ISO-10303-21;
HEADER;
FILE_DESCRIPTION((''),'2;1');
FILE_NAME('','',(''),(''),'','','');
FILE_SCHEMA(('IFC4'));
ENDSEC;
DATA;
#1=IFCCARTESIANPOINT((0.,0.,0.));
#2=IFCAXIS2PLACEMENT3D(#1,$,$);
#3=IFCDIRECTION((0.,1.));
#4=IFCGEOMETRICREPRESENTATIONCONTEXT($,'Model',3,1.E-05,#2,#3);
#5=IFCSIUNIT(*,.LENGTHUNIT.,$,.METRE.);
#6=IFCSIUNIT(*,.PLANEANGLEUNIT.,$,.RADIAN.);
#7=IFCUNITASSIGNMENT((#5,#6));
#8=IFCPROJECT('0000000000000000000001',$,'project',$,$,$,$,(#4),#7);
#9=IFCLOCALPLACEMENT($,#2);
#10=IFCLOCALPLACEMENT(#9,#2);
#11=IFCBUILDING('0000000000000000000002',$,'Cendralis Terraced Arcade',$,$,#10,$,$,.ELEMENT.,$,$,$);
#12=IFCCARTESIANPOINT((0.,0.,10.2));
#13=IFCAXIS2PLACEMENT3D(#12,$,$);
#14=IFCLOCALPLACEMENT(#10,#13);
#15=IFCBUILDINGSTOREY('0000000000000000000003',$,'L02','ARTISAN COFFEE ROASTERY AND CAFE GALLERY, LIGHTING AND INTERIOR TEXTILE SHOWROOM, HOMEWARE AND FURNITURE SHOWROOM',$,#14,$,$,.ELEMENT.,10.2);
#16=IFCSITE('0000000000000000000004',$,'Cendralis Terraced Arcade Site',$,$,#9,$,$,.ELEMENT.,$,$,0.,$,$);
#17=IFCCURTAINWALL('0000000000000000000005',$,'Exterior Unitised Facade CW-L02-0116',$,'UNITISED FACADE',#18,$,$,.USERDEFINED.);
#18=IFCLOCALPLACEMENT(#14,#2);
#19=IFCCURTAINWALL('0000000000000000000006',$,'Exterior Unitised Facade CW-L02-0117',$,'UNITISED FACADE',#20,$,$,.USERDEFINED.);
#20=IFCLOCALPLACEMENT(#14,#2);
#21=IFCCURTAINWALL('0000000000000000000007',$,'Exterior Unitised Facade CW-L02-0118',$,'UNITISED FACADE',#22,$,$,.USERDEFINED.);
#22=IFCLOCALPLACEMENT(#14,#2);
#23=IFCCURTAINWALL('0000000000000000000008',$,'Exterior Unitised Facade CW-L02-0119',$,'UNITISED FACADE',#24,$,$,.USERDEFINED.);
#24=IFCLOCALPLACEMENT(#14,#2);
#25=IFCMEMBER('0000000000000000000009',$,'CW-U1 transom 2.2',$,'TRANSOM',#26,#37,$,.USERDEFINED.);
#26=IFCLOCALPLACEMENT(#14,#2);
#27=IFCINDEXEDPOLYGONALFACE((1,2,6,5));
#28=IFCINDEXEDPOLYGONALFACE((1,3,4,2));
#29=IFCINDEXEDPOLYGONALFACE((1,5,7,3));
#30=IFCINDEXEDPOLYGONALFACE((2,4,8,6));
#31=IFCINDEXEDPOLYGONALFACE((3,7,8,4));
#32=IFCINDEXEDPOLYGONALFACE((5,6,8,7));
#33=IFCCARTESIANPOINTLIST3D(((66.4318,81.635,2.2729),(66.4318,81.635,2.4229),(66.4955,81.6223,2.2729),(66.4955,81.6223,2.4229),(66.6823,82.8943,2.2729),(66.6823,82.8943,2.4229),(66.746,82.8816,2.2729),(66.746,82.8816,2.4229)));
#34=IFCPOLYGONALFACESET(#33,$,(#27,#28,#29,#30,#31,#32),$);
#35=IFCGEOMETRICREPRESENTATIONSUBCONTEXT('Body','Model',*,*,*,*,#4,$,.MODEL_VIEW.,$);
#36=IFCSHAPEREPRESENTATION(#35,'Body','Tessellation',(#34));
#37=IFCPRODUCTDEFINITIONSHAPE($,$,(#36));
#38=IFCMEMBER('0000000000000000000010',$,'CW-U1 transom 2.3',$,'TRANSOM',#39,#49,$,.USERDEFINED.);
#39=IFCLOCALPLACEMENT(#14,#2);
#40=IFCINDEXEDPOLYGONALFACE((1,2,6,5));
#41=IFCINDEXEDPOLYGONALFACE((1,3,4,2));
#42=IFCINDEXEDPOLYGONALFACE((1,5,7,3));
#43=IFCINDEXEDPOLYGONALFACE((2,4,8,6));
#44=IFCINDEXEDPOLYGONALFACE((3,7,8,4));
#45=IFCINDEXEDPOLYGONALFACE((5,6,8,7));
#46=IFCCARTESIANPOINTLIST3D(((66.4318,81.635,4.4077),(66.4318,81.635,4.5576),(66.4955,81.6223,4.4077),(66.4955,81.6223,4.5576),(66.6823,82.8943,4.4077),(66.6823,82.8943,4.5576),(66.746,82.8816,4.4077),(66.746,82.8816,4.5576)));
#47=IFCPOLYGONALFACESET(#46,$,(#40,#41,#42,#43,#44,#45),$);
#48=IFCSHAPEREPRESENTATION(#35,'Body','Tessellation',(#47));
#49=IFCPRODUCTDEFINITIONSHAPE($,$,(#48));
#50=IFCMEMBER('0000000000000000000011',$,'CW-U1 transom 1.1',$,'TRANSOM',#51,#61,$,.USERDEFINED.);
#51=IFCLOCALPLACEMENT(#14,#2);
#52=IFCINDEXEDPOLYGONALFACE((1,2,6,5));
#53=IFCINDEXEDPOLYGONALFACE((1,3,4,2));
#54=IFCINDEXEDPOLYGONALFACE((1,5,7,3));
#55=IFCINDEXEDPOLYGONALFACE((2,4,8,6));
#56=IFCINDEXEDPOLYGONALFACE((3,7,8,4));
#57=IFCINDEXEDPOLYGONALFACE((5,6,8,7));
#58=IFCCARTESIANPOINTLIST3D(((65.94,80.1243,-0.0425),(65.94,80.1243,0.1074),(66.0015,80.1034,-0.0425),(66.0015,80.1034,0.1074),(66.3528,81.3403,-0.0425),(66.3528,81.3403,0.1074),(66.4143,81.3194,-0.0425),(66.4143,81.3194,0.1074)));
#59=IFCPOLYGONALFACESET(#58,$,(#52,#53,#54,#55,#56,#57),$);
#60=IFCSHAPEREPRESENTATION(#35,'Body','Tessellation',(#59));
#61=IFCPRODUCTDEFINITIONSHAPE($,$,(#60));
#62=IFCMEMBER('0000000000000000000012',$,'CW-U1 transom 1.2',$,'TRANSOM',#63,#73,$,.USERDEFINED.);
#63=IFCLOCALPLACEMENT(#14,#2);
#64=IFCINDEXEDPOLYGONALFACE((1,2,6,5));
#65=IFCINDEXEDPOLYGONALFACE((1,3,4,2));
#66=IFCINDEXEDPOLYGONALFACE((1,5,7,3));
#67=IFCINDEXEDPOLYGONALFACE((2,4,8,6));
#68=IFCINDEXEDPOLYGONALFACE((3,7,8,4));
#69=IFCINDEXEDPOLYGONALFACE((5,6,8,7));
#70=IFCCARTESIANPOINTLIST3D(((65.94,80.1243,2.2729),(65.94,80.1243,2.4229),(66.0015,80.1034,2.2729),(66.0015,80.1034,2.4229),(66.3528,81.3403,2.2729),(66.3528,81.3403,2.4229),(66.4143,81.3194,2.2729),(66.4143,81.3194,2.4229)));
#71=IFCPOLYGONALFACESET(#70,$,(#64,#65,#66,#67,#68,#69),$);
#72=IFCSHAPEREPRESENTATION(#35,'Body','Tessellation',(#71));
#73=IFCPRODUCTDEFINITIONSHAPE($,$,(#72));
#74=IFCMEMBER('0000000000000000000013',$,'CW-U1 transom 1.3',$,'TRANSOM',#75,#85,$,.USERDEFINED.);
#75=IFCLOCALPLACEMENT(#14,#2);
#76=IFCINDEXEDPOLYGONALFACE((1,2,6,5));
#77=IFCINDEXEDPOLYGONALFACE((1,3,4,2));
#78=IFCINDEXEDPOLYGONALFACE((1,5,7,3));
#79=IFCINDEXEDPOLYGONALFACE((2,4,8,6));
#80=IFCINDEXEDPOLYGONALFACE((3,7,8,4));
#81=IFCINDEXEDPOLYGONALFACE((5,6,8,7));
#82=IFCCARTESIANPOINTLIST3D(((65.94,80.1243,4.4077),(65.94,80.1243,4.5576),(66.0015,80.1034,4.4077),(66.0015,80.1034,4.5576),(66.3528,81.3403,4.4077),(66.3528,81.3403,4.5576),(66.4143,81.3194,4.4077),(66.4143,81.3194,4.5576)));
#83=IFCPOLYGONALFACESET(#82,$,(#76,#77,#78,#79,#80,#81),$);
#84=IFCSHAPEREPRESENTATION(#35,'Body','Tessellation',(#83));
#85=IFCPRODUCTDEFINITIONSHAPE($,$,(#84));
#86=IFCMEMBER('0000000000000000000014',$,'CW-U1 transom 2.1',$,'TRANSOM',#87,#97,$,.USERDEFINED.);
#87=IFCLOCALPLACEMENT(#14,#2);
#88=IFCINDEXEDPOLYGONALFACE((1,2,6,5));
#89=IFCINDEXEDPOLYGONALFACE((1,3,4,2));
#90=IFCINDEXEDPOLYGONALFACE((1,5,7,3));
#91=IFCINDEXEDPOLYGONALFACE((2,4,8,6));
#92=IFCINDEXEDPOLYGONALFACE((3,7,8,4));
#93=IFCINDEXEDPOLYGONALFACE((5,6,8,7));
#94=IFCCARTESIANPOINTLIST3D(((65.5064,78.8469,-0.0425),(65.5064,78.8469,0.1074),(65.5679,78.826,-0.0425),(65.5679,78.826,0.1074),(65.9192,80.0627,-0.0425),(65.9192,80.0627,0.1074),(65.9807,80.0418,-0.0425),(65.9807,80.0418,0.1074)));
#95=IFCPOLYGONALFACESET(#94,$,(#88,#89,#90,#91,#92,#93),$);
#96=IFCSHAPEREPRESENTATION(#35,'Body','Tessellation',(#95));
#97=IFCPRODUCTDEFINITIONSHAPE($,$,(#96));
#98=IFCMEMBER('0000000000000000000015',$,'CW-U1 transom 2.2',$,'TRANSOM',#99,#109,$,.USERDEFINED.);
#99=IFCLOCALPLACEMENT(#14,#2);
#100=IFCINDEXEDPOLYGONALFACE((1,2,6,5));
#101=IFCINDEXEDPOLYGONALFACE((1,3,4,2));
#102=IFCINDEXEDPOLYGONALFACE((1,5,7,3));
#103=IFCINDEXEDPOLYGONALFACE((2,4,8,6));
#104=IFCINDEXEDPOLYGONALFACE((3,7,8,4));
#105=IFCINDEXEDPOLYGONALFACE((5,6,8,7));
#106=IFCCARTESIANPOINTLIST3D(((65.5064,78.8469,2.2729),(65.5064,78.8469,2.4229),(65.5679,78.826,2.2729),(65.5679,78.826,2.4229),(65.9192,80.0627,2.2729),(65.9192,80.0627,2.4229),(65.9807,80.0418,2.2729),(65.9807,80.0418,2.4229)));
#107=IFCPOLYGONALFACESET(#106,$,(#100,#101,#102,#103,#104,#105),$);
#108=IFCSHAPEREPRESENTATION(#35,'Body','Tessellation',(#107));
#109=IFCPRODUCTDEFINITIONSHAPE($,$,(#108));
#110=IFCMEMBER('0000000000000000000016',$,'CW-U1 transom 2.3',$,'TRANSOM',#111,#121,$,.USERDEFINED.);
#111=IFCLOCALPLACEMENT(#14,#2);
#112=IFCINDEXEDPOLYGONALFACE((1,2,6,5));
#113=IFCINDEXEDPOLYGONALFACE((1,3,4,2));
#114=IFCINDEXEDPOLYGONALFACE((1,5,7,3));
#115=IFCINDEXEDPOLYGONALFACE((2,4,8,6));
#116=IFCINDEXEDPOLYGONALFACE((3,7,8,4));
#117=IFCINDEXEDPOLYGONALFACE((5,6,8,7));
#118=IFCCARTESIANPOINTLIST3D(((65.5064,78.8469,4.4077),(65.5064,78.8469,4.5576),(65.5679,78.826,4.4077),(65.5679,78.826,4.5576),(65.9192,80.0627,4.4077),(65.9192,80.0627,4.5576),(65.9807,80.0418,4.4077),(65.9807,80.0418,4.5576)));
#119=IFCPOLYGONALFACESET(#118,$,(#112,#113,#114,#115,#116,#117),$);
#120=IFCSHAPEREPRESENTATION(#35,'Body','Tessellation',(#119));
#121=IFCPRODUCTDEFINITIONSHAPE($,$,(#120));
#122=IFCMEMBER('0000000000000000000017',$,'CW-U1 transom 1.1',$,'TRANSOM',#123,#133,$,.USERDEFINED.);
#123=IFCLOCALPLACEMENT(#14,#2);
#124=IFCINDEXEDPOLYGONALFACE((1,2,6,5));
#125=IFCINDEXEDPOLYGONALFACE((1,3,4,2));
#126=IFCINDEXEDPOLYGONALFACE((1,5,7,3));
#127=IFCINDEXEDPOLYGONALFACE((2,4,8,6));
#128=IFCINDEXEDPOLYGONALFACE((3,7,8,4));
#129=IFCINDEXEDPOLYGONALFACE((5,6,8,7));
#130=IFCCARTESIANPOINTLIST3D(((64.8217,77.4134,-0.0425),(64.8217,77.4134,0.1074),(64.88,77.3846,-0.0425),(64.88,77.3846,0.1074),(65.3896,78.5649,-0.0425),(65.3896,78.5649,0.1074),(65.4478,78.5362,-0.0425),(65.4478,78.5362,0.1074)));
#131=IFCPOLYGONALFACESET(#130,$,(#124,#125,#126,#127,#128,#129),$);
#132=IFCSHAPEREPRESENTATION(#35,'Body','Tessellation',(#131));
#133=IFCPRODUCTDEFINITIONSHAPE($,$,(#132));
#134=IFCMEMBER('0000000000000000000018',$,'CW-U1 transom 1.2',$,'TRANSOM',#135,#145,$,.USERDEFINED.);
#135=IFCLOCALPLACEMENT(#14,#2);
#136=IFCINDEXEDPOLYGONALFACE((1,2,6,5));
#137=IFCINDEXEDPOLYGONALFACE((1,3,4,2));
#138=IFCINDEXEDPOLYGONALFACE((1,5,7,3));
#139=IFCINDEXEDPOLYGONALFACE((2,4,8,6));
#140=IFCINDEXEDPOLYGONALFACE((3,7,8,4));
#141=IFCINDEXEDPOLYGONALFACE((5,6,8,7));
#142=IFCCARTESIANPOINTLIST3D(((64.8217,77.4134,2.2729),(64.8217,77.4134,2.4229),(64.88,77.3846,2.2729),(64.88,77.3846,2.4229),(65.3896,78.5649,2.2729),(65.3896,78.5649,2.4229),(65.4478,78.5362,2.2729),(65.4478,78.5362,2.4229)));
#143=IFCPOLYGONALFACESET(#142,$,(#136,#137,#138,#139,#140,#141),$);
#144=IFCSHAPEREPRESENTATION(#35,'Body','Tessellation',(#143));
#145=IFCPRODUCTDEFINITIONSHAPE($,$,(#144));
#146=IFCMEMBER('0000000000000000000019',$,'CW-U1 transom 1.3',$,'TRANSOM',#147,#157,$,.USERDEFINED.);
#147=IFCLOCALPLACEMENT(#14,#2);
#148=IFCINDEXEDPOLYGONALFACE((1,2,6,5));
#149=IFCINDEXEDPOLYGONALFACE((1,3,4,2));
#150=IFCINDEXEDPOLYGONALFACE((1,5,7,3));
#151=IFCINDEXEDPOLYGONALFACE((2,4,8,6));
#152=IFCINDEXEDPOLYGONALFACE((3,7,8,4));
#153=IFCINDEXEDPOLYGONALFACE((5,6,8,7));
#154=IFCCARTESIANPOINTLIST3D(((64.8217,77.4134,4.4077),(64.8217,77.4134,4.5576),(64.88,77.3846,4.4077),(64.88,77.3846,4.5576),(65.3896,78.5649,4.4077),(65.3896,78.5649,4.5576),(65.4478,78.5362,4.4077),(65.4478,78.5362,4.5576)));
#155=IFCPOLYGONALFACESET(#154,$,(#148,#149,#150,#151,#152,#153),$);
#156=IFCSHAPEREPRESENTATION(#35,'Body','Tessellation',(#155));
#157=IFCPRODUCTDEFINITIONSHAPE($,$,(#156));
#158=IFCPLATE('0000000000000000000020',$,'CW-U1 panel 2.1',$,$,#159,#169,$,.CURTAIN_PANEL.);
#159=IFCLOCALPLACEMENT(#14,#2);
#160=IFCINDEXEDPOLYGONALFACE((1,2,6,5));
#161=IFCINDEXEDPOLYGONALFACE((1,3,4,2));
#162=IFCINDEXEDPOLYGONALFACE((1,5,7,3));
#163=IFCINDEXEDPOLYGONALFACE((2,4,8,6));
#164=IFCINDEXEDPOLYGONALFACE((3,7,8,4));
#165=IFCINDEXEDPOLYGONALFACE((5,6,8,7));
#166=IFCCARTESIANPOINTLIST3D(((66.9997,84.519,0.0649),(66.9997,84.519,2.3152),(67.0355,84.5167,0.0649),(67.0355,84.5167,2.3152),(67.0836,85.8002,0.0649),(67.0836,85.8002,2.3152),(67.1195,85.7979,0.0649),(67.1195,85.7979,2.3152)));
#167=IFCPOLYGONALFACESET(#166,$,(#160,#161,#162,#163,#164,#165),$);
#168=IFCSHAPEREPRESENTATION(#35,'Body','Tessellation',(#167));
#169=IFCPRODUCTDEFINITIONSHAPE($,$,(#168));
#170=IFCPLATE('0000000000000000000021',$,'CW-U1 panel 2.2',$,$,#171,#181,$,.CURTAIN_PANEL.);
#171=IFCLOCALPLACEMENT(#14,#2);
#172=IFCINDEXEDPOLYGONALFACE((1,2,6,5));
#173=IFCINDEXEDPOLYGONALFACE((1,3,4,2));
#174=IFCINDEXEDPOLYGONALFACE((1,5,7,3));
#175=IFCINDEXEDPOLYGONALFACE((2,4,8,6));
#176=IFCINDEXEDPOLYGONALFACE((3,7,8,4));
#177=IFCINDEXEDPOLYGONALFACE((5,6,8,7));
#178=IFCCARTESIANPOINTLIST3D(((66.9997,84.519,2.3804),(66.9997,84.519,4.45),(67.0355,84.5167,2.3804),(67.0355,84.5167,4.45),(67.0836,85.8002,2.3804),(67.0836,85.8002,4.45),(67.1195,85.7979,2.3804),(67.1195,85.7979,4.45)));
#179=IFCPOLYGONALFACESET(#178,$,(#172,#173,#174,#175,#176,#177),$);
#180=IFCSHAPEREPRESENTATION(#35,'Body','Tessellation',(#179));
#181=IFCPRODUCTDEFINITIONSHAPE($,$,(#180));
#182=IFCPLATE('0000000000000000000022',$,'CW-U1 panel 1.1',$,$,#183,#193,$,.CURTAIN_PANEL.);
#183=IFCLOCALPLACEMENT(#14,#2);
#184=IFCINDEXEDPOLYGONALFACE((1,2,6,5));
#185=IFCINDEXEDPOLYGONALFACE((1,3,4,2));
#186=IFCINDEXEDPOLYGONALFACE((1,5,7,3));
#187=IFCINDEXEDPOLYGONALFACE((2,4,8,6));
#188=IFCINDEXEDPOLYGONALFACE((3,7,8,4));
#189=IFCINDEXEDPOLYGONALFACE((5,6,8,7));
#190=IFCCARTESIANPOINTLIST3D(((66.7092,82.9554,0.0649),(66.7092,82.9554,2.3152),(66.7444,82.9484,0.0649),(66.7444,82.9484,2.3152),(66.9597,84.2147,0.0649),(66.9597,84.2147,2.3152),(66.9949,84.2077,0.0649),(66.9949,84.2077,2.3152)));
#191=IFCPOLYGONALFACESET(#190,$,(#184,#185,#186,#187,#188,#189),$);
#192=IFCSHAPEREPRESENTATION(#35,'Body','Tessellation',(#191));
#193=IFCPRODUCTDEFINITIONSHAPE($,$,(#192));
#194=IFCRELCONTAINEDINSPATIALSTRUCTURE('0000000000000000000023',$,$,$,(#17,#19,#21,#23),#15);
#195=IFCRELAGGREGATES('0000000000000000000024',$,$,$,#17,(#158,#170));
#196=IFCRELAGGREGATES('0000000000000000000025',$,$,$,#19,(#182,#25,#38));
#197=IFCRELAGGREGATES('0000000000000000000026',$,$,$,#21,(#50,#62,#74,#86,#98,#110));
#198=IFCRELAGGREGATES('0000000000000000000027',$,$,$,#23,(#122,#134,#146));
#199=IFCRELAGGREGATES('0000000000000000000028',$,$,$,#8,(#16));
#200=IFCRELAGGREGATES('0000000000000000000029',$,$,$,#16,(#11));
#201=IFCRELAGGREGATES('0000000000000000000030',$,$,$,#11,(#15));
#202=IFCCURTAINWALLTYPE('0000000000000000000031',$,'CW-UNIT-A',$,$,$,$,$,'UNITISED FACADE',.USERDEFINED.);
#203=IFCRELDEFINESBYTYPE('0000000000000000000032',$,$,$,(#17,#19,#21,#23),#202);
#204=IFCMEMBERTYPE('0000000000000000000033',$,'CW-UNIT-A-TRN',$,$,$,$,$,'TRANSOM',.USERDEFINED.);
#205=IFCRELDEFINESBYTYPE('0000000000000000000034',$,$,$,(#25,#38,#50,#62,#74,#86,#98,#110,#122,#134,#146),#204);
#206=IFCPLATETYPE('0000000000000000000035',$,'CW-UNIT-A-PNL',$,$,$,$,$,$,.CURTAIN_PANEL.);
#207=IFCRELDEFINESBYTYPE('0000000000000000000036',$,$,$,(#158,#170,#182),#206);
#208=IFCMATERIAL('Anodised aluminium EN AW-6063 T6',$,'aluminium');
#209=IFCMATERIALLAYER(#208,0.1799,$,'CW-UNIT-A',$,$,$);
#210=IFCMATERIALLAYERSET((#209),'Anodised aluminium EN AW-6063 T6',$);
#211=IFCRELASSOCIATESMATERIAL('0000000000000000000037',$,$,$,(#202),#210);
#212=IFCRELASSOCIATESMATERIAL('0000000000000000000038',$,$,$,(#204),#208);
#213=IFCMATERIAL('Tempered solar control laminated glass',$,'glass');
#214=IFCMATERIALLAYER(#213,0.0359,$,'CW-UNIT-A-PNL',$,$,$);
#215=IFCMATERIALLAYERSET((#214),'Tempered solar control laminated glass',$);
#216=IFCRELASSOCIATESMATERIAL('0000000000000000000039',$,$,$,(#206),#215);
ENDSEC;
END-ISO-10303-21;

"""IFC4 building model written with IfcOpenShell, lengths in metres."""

from ifc_helpers import new_model, si_unit, direction, frame, origin, origin_2d, place, context, subcontext, project, spatial, rectangle, extrude, material, layer, layer_set, material_profile, profile_set, type_object, element, aggregate, save


model = new_model("IFC4")

# Units and contexts
model_context = context("Model", 3, precision=1e-05, world=origin(), true_north=direction((0.0, 1.0)))
body_context = subcontext(model_context, "Body", "Model", "MODEL_VIEW")
ifc_project = project(units=[si_unit("LENGTHUNIT", "METRE"), si_unit("PLANEANGLEUNIT", "RADIAN")], contexts=[model_context])

# Site, building, storey
site_placement = place(None, origin())
site = spatial("IfcSite", under=ifc_project, at=site_placement, Name="Cendralis Terraced Arcade Site", CompositionType="ELEMENT", RefElevation=0.0)
building_placement = place(site_placement, origin())
building = spatial("IfcBuilding", under=site, at=building_placement, Name="Cendralis Terraced Arcade", CompositionType="ELEMENT")
storey_placement = place(building_placement, frame((0.0, 0.0, 10.2)))
storey = spatial("IfcBuildingStorey", under=building, at=storey_placement, Name="L02", Description="ARTISAN COFFEE ROASTERY AND CAFE GALLERY, LIGHTING AND INTERIOR TEXTILE SHOWROOM, HOMEWARE AND FURNITURE SHOWROOM", CompositionType="ELEMENT", Elevation=10.2)

# Curtain wall
ifc_material_1 = material(Name="Anodised aluminium EN AW-6063 T6", Category="aluminium")
ifc_layer_1 = layer(ifc_material_1, 0.1799, Name="CW-UNIT-A")
ifc_layer_set_1 = layer_set([ifc_layer_1], Name="Anodised aluminium EN AW-6063 T6")
curtain_wall_type = type_object("IfcCurtainWallType", Name="CW-UNIT-A", ElementType="UNITISED FACADE", PredefinedType="USERDEFINED", material=ifc_layer_set_1)
curtain_wall_1_placement = place(storey_placement, origin())
curtain_wall_1 = element("IfcCurtainWall", 1, at=curtain_wall_1_placement, inside=storey, type_object=curtain_wall_type, Name="Exterior Unitised Facade CW-L02-0116", ObjectType="UNITISED FACADE", PredefinedType="USERDEFINED")

# Curtain walls
curtain_wall_2_placement = place(storey_placement, origin())
curtain_wall_2 = element("IfcCurtainWall", 2, at=curtain_wall_2_placement, inside=storey, type_object=curtain_wall_type, Name="Exterior Unitised Facade CW-L02-0117", ObjectType="UNITISED FACADE", PredefinedType="USERDEFINED")
curtain_wall_3_placement = place(storey_placement, origin())
curtain_wall_3 = element("IfcCurtainWall", 3, at=curtain_wall_3_placement, inside=storey, type_object=curtain_wall_type, Name="Exterior Unitised Facade CW-L02-0118", ObjectType="UNITISED FACADE", PredefinedType="USERDEFINED")

# Curtain wall
curtain_wall_4_placement = place(storey_placement, origin())
curtain_wall_4 = element("IfcCurtainWall", 4, at=curtain_wall_4_placement, inside=storey, type_object=curtain_wall_type, Name="Exterior Unitised Facade CW-L02-0119", ObjectType="UNITISED FACADE", PredefinedType="USERDEFINED")

# Members
ifc_material_profile_1 = material_profile(ifc_material_1, rectangle(XDim=0.0649, YDim=0.1499, at=origin_2d()), Name="ALU-TRN-65x150")
ifc_profile_set_1 = profile_set([ifc_material_profile_1], Name="Anodised aluminium EN AW-6063 T6")
member_type_1 = type_object("IfcMemberType", Name="CW-UNIT-A-TRN", ElementType="TRANSOM", PredefinedType="USERDEFINED", material=ifc_profile_set_1)
member_1_placement = place(storey_placement, frame((66.7141, 82.8879, 2.3479), z_axis=(-0.195092, -0.980785, 0.0), x_axis=(0.980785, -0.195092, 0.0)))
member_1 = element("IfcMember", 5, at=member_1_placement, type_object=member_type_1, Name="CW-U1 transom 2.2", ObjectType="TRANSOM", PredefinedType="USERDEFINED", context=body_context, shape_type="SweptSolid", body=[
    extrude(rectangle(XDim=0.0649, YDim=0.1499, at=origin_2d()), origin(), (0.0, 0.0, 1.0), 1.2839),
])
member_2_placement = place(storey_placement, frame((66.7141, 82.8879, 4.4827), z_axis=(-0.195092, -0.980785, 0.0), x_axis=(0.980785, -0.195092, 0.0)))
member_2 = element("IfcMember", 6, at=member_2_placement, type_object=member_type_1, Name="CW-U1 transom 2.3", ObjectType="TRANSOM", PredefinedType="USERDEFINED", context=body_context, shape_type="SweptSolid", body=[
    extrude(rectangle(XDim=0.0649, YDim=0.1499, at=origin_2d()), origin(), (0.0, 0.0, 1.0), 1.2839),
])
member_3_placement = place(storey_placement, frame((66.3835, 81.3298, 0.0325), z_axis=(-0.32147, -0.94692, 0.0), x_axis=(0.94692, -0.32147, 0.0)))
member_3 = element("IfcMember", 7, at=member_3_placement, type_object=member_type_1, Name="CW-U1 transom 1.1", ObjectType="TRANSOM", PredefinedType="USERDEFINED", context=body_context, shape_type="SweptSolid", body=[
    extrude(rectangle(XDim=0.0649, YDim=0.1499, at=origin_2d()), origin(), (0.0, 0.0, 1.0), 1.2842),
])
member_4_placement = place(storey_placement, frame((66.3835, 81.3298, 2.3479), z_axis=(-0.32147, -0.94692, 0.0), x_axis=(0.94692, -0.32147, 0.0)))
member_4 = element("IfcMember", 8, at=member_4_placement, type_object=member_type_1, Name="CW-U1 transom 1.2", ObjectType="TRANSOM", PredefinedType="USERDEFINED", context=body_context, shape_type="SweptSolid", body=[
    extrude(rectangle(XDim=0.0649, YDim=0.1499, at=origin_2d()), origin(), (0.0, 0.0, 1.0), 1.2842),
])
member_5_placement = place(storey_placement, frame((66.3835, 81.3298, 4.4827), z_axis=(-0.32147, -0.94692, 0.0), x_axis=(0.94692, -0.32147, 0.0)))
member_5 = element("IfcMember", 9, at=member_5_placement, type_object=member_type_1, Name="CW-U1 transom 1.3", ObjectType="TRANSOM", PredefinedType="USERDEFINED", context=body_context, shape_type="SweptSolid", body=[
    extrude(rectangle(XDim=0.0649, YDim=0.1499, at=origin_2d()), origin(), (0.0, 0.0, 1.0), 1.2842),
])
member_6_placement = place(storey_placement, frame((65.95, 80.0522, 0.0325), z_axis=(-0.321528, -0.9469, 0.0), x_axis=(0.9469, -0.321528, 0.0)))
member_6 = element("IfcMember", 10, at=member_6_placement, type_object=member_type_1, Name="CW-U1 transom 2.1", ObjectType="TRANSOM", PredefinedType="USERDEFINED", context=body_context, shape_type="SweptSolid", body=[
    extrude(rectangle(XDim=0.0649, YDim=0.1499, at=origin_2d()), origin(), (0.0, 0.0, 1.0), 1.2839),
])
member_7_placement = place(storey_placement, frame((65.95, 80.0522, 2.3479), z_axis=(-0.321528, -0.9469, 0.0), x_axis=(0.9469, -0.321528, 0.0)))
member_7 = element("IfcMember", 11, at=member_7_placement, type_object=member_type_1, Name="CW-U1 transom 2.2", ObjectType="TRANSOM", PredefinedType="USERDEFINED", context=body_context, shape_type="SweptSolid", body=[
    extrude(rectangle(XDim=0.0649, YDim=0.1499, at=origin_2d()), origin(), (0.0, 0.0, 1.0), 1.2839),
])
member_8_placement = place(storey_placement, frame((65.95, 80.0522, 4.4827), z_axis=(-0.321528, -0.9469, 0.0), x_axis=(0.9469, -0.321528, 0.0)))
member_8 = element("IfcMember", 12, at=member_8_placement, type_object=member_type_1, Name="CW-U1 transom 2.3", ObjectType="TRANSOM", PredefinedType="USERDEFINED", context=body_context, shape_type="SweptSolid", body=[
    extrude(rectangle(XDim=0.0649, YDim=0.1499, at=origin_2d()), origin(), (0.0, 0.0, 1.0), 1.2839),
])
member_9_placement = place(storey_placement, frame((65.4187, 78.5505, 0.0325), z_axis=(-0.442263, -0.896885, 0.0), x_axis=(0.896885, -0.442263, 0.0)))
member_9 = element("IfcMember", 13, at=member_9_placement, type_object=member_type_1, Name="CW-U1 transom 1.1", ObjectType="TRANSOM", PredefinedType="USERDEFINED", context=body_context, shape_type="SweptSolid", body=[
    extrude(rectangle(XDim=0.0649, YDim=0.1499, at=origin_2d()), origin(), (0.0, 0.0, 1.0), 1.2839),
])
member_10_placement = place(storey_placement, frame((65.4187, 78.5505, 2.3479), z_axis=(-0.442263, -0.896885, 0.0), x_axis=(0.896885, -0.442263, 0.0)))
member_10 = element("IfcMember", 14, at=member_10_placement, type_object=member_type_1, Name="CW-U1 transom 1.2", ObjectType="TRANSOM", PredefinedType="USERDEFINED", context=body_context, shape_type="SweptSolid", body=[
    extrude(rectangle(XDim=0.0649, YDim=0.1499, at=origin_2d()), origin(), (0.0, 0.0, 1.0), 1.2839),
])
member_11_placement = place(storey_placement, frame((65.4187, 78.5505, 4.4827), z_axis=(-0.442263, -0.896885, 0.0), x_axis=(0.896885, -0.442263, 0.0)))
member_11 = element("IfcMember", 15, at=member_11_placement, type_object=member_type_1, Name="CW-U1 transom 1.3", ObjectType="TRANSOM", PredefinedType="USERDEFINED", context=body_context, shape_type="SweptSolid", body=[
    extrude(rectangle(XDim=0.0649, YDim=0.1499, at=origin_2d()), origin(), (0.0, 0.0, 1.0), 1.2839),
])

# Plates
ifc_material_2 = material(Name="Tempered solar control laminated glass", Category="glass")
ifc_layer_2 = layer(ifc_material_2, 0.0359, Name="CW-UNIT-A-PNL")
ifc_layer_set_2 = layer_set([ifc_layer_2], Name="Tempered solar control laminated glass")
plate_type = type_object("IfcPlateType", Name="CW-UNIT-A-PNL", PredefinedType="CURTAIN_PANEL", material=ifc_layer_set_2)
plate_1_placement = place(storey_placement, frame((67.0596, 85.1584, 0.0649), z_axis=(0.0, 0.0, 1.0), x_axis=(-0.065397, -0.997859, 0.0)))
plate_1 = element("IfcPlate", 16, at=plate_1_placement, type_object=plate_type, Name="CW-U1 panel 2.1", PredefinedType="CURTAIN_PANEL", context=body_context, shape_type="SweptSolid", body=[
    extrude(rectangle(XDim=1.2839, YDim=0.0359, at=origin_2d()), origin(), (0.0, 0.0, 1.0), 2.2502),
])
plate_2_placement = place(storey_placement, frame((67.0596, 85.1584, 2.3804), z_axis=(0.0, 0.0, 1.0), x_axis=(-0.065397, -0.997859, 0.0)))
plate_2 = element("IfcPlate", 17, at=plate_2_placement, type_object=plate_type, Name="CW-U1 panel 2.2", PredefinedType="CURTAIN_PANEL", context=body_context, shape_type="SweptSolid", body=[
    extrude(rectangle(XDim=1.2839, YDim=0.0359, at=origin_2d()), origin(), (0.0, 0.0, 1.0), 2.0696),
])
aggregate(curtain_wall_1, [plate_1, plate_2])
plate_3_placement = place(storey_placement, frame((66.8521, 83.5815, 0.0649), z_axis=(0.0, 0.0, 1.0), x_axis=(-0.195072, -0.980789, 0.0)))
plate_3 = element("IfcPlate", 18, at=plate_3_placement, type_object=plate_type, Name="CW-U1 panel 1.1", PredefinedType="CURTAIN_PANEL", context=body_context, shape_type="SweptSolid", body=[
    extrude(rectangle(XDim=1.2839, YDim=0.0359, at=origin_2d()), origin(), (0.0, 0.0, 1.0), 2.2502),
])
aggregate(curtain_wall_2, [plate_3, member_1, member_2])
aggregate(curtain_wall_3, [member_3, member_4, member_5, member_6, member_7, member_8])
aggregate(curtain_wall_4, [member_9, member_10, member_11])

save(model, "model.ifc")
